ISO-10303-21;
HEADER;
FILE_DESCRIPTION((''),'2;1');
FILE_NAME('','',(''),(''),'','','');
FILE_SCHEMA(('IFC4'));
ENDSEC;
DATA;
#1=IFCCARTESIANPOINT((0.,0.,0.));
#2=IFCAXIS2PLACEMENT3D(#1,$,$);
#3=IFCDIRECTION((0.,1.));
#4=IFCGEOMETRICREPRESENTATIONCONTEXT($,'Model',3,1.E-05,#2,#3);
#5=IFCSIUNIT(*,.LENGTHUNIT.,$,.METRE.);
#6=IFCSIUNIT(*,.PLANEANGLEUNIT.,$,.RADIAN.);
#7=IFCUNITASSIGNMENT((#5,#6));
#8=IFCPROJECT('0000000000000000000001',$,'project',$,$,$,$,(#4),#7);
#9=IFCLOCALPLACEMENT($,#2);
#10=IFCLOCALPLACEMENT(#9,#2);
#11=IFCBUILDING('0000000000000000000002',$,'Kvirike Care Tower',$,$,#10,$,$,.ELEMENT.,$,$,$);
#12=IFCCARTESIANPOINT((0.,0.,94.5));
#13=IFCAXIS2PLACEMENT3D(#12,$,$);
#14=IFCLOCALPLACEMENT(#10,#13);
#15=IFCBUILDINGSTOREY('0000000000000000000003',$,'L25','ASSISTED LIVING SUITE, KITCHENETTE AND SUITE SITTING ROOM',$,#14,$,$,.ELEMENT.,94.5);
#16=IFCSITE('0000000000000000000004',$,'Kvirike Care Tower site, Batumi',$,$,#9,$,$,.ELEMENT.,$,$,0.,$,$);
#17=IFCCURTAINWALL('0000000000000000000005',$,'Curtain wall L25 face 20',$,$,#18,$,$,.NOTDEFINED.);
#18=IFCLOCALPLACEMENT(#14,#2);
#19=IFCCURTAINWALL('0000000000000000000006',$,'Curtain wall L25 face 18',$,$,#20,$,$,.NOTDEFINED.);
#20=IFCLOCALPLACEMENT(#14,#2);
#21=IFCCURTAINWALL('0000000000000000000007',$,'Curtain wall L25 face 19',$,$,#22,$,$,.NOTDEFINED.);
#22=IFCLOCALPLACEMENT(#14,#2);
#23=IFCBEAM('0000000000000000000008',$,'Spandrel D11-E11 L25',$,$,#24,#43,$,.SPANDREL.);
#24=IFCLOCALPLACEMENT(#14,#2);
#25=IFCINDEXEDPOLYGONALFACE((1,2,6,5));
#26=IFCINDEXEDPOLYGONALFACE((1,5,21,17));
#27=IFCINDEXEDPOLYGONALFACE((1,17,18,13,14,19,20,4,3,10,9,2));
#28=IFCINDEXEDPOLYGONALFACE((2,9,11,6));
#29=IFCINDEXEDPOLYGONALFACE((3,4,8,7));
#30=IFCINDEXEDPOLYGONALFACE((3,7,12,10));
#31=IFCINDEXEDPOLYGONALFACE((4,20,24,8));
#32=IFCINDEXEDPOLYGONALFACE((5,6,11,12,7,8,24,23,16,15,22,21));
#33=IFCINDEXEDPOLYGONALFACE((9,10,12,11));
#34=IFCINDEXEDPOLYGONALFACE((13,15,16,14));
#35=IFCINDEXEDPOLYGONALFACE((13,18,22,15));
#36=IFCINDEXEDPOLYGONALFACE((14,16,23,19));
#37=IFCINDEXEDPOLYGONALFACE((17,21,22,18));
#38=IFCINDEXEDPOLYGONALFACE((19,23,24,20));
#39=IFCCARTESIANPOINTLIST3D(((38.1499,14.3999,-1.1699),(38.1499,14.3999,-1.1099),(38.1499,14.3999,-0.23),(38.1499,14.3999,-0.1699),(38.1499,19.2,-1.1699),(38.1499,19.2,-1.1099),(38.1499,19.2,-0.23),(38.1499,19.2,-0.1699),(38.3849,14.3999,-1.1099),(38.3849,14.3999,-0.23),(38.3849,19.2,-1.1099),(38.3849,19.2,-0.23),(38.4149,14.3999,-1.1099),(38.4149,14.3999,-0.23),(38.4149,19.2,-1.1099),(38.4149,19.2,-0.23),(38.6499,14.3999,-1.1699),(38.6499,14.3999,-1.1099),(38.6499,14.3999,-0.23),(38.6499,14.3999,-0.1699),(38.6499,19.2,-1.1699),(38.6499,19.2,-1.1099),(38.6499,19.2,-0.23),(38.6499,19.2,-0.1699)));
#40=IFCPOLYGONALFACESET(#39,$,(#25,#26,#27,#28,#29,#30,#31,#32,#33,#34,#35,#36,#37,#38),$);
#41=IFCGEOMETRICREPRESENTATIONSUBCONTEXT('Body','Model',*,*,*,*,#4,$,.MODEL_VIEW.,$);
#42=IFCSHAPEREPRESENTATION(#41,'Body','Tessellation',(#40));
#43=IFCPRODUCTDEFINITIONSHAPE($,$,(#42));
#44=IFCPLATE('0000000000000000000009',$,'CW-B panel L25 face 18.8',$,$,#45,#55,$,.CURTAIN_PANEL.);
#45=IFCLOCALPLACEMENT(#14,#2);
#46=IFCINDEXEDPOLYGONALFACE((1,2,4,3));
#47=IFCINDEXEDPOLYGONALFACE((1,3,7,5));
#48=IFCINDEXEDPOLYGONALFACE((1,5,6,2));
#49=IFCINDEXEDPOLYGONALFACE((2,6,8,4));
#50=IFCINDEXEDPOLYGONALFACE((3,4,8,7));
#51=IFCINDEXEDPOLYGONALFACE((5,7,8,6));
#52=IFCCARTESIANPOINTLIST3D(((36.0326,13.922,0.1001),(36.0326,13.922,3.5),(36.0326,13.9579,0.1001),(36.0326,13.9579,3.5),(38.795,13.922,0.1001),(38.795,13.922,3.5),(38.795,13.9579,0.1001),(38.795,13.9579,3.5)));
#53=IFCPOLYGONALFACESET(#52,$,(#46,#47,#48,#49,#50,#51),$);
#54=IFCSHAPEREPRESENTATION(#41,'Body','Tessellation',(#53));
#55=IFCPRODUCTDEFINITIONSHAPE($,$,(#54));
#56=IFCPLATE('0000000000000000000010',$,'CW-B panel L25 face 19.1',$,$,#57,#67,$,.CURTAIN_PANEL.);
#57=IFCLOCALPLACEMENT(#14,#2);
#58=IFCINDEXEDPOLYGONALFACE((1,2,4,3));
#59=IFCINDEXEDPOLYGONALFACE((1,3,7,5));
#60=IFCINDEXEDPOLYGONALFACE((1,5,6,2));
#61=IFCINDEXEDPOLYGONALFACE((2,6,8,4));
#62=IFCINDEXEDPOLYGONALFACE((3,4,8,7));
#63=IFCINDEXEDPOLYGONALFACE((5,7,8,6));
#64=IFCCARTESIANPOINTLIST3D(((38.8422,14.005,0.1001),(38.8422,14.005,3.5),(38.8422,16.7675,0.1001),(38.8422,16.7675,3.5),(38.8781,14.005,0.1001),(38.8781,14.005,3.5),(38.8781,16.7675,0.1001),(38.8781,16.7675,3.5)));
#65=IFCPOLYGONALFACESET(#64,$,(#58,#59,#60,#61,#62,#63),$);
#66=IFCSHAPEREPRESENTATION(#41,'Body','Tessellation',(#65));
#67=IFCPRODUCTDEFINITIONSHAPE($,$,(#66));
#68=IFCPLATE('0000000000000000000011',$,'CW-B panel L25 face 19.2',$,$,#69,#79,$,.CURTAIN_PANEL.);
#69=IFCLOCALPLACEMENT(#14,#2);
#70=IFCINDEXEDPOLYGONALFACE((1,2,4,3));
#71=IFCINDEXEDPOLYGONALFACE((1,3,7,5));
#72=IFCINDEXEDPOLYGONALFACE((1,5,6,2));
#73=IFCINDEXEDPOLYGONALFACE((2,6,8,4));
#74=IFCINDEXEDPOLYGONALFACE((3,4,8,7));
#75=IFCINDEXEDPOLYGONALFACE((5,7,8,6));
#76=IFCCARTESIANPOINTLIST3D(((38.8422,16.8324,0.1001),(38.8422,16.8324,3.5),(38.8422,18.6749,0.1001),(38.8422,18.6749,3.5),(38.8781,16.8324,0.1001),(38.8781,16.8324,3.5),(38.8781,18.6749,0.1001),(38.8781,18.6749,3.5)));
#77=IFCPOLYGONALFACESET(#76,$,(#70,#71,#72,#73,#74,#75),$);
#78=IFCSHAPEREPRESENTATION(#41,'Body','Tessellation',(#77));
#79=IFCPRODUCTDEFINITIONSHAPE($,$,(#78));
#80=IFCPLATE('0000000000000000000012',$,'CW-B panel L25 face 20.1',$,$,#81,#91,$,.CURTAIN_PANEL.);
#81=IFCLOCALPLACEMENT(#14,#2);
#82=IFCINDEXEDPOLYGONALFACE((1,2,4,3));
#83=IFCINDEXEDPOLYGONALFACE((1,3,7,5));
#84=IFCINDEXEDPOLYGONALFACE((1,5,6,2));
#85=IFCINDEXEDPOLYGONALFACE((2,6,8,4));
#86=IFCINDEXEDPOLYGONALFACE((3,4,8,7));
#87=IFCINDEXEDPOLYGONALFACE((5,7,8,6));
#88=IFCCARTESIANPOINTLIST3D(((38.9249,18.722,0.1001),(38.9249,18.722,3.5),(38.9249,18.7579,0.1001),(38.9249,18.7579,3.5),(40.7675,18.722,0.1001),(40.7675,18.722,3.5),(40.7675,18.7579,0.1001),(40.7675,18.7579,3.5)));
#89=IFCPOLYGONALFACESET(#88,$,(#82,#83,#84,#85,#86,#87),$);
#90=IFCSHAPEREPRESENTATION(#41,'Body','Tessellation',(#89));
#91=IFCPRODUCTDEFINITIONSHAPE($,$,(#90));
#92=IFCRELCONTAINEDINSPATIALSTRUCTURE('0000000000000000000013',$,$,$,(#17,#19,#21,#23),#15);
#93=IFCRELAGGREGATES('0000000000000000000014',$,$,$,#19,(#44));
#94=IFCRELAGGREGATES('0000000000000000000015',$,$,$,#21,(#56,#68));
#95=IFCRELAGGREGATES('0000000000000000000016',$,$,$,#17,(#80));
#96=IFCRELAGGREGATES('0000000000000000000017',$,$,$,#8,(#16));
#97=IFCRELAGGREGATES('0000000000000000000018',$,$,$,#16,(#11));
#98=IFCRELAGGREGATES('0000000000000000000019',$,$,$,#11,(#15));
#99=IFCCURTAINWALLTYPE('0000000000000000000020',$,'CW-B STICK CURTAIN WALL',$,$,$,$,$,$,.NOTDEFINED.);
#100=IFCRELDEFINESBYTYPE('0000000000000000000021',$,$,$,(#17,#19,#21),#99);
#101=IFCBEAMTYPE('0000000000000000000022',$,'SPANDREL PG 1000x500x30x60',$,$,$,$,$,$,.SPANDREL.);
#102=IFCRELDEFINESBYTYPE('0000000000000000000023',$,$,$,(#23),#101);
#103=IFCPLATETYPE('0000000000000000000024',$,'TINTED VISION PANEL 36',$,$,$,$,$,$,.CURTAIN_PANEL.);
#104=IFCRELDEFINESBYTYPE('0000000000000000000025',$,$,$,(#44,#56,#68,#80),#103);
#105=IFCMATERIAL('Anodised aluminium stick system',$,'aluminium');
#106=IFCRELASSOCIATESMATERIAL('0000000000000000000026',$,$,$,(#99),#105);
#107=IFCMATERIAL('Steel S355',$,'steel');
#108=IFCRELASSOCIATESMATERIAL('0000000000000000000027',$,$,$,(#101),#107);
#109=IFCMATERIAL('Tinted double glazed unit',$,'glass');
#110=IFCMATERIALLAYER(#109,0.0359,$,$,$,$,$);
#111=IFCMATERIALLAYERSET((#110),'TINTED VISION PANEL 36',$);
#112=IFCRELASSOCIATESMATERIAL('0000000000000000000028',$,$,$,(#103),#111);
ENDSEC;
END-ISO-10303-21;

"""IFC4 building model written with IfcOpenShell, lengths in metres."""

from ifc_helpers import new_model, si_unit, direction, frame, origin, origin_2d, place, context, subcontext, project, spatial, rectangle, i_section, extrude, material, layer, layer_set, material_profile, profile_set, type_object, element, aggregate, save


model = new_model("IFC4")

# Units and contexts
model_context = context("Model", 3, precision=1e-05, world=origin(), true_north=direction((0.0, 1.0)))
body_context = subcontext(model_context, "Body", "Model", "MODEL_VIEW")
ifc_project = project(units=[si_unit("LENGTHUNIT", "METRE"), si_unit("PLANEANGLEUNIT", "RADIAN")], contexts=[model_context])

# Site, building, storey
site_placement = place(None, origin())
site = spatial("IfcSite", under=ifc_project, at=site_placement, Name="Kvirike Care Tower site, Batumi", CompositionType="ELEMENT", RefElevation=0.0)
building_placement = place(site_placement, origin())
building = spatial("IfcBuilding", under=site, at=building_placement, Name="Kvirike Care Tower", CompositionType="ELEMENT")
storey_placement = place(building_placement, frame((0.0, 0.0, 94.5)))
storey = spatial("IfcBuildingStorey", under=building, at=storey_placement, Name="L25", Description="ASSISTED LIVING SUITE, KITCHENETTE AND SUITE SITTING ROOM", CompositionType="ELEMENT", Elevation=94.5)

# Curtain wall
ifc_material_1 = material(Name="Anodised aluminium stick system", Category="aluminium")
curtain_wall_type = type_object("IfcCurtainWallType", Name="CW-B STICK CURTAIN WALL", PredefinedType="NOTDEFINED", material=ifc_material_1)
curtain_wall_1_placement = place(storey_placement, origin())
curtain_wall_1 = element("IfcCurtainWall", 1, at=curtain_wall_1_placement, inside=storey, type_object=curtain_wall_type, Name="Curtain wall L25 face 20", PredefinedType="NOTDEFINED")

# Curtain walls
curtain_wall_2_placement = place(storey_placement, origin())
curtain_wall_2 = element("IfcCurtainWall", 2, at=curtain_wall_2_placement, inside=storey, type_object=curtain_wall_type, Name="Curtain wall L25 face 18", PredefinedType="NOTDEFINED")
curtain_wall_3_placement = place(storey_placement, origin())
curtain_wall_3 = element("IfcCurtainWall", 3, at=curtain_wall_3_placement, inside=storey, type_object=curtain_wall_type, Name="Curtain wall L25 face 19", PredefinedType="NOTDEFINED")

# Beam
ifc_material_2 = material(Name="Steel S355", Category="steel")
ifc_material_profile_1 = material_profile(ifc_material_2, i_section(OverallWidth=0.5, OverallDepth=1.0, WebThickness=0.03, FlangeThickness=0.0601, at=origin_2d()), Name="PG 1000x500x30x60")
ifc_profile_set_1 = profile_set([ifc_material_profile_1], Name="Steel S355")
beam_type = type_object("IfcBeamType", Name="SPANDREL PG 1000x500x30x60", PredefinedType="SPANDREL", material=ifc_profile_set_1)
beam_placement = place(storey_placement, frame((38.3999, 14.3999, -0.6699), z_axis=(0.0, 1.0, 0.0), x_axis=(-1.0, 0.0, 0.0)))
element("IfcBeam", 4, at=beam_placement, inside=storey, type_object=beam_type, Name="Spandrel D11-E11 L25", PredefinedType="SPANDREL", context=body_context, shape_type="SweptSolid", body=[
    extrude(i_section(OverallWidth=0.5, OverallDepth=1.0, WebThickness=0.03, FlangeThickness=0.0601, at=origin_2d()), origin(), (0.0, 0.0, 1.0), 4.8),
])

# Plates
ifc_material_3 = material(Name="Tinted double glazed unit", Category="glass")
ifc_layer = layer(ifc_material_3, 0.0359)
ifc_layer_set = layer_set([ifc_layer], Name="TINTED VISION PANEL 36")
plate_type = type_object("IfcPlateType", Name="TINTED VISION PANEL 36", PredefinedType="CURTAIN_PANEL", material=ifc_layer_set)
plate_1_placement = place(storey_placement, frame((37.4138, 13.9399, 0.1001), z_axis=(0.0, 0.0, 1.0), x_axis=(1.0, 0.0, 0.0)))
plate_1 = element("IfcPlate", 5, at=plate_1_placement, type_object=plate_type, Name="CW-B panel L25 face 18.8", PredefinedType="CURTAIN_PANEL", context=body_context, shape_type="SweptSolid", body=[
    extrude(rectangle(XDim=2.7625, YDim=0.0359, at=origin_2d()), origin(), (0.0, 0.0, 1.0), 3.3999),
])
aggregate(curtain_wall_2, [plate_1])
plate_2_placement = place(storey_placement, frame((38.8601, 15.3862, 0.1001), z_axis=(0.0, 0.0, 1.0), x_axis=(0.0, 1.0, 0.0)))
plate_2 = element("IfcPlate", 6, at=plate_2_placement, type_object=plate_type, Name="CW-B panel L25 face 19.1", PredefinedType="CURTAIN_PANEL", context=body_context, shape_type="SweptSolid", body=[
    extrude(rectangle(XDim=2.7625, YDim=0.0359, at=origin_2d()), origin(), (0.0, 0.0, 1.0), 3.3999),
])
plate_3_placement = place(storey_placement, frame((38.8601, 17.7537, 0.1001), z_axis=(0.0, 0.0, 1.0), x_axis=(0.0, 1.0, 0.0)))
plate_3 = element("IfcPlate", 7, at=plate_3_placement, type_object=plate_type, Name="CW-B panel L25 face 19.2", PredefinedType="CURTAIN_PANEL", context=body_context, shape_type="SweptSolid", body=[
    extrude(rectangle(XDim=1.8425, YDim=0.0359, at=origin_2d()), origin(), (0.0, 0.0, 1.0), 3.3999),
])
aggregate(curtain_wall_3, [plate_2, plate_3])
plate_4_placement = place(storey_placement, frame((39.8462, 18.74, 0.1001), z_axis=(0.0, 0.0, 1.0), x_axis=(1.0, 0.0, 0.0)))
plate_4 = element("IfcPlate", 8, at=plate_4_placement, type_object=plate_type, Name="CW-B panel L25 face 20.1", PredefinedType="CURTAIN_PANEL", context=body_context, shape_type="SweptSolid", body=[
    extrude(rectangle(XDim=1.8425, YDim=0.0359, at=origin_2d()), origin(), (0.0, 0.0, 1.0), 3.3999),
])
aggregate(curtain_wall_1, [plate_4])

save(model, "model.ifc")
